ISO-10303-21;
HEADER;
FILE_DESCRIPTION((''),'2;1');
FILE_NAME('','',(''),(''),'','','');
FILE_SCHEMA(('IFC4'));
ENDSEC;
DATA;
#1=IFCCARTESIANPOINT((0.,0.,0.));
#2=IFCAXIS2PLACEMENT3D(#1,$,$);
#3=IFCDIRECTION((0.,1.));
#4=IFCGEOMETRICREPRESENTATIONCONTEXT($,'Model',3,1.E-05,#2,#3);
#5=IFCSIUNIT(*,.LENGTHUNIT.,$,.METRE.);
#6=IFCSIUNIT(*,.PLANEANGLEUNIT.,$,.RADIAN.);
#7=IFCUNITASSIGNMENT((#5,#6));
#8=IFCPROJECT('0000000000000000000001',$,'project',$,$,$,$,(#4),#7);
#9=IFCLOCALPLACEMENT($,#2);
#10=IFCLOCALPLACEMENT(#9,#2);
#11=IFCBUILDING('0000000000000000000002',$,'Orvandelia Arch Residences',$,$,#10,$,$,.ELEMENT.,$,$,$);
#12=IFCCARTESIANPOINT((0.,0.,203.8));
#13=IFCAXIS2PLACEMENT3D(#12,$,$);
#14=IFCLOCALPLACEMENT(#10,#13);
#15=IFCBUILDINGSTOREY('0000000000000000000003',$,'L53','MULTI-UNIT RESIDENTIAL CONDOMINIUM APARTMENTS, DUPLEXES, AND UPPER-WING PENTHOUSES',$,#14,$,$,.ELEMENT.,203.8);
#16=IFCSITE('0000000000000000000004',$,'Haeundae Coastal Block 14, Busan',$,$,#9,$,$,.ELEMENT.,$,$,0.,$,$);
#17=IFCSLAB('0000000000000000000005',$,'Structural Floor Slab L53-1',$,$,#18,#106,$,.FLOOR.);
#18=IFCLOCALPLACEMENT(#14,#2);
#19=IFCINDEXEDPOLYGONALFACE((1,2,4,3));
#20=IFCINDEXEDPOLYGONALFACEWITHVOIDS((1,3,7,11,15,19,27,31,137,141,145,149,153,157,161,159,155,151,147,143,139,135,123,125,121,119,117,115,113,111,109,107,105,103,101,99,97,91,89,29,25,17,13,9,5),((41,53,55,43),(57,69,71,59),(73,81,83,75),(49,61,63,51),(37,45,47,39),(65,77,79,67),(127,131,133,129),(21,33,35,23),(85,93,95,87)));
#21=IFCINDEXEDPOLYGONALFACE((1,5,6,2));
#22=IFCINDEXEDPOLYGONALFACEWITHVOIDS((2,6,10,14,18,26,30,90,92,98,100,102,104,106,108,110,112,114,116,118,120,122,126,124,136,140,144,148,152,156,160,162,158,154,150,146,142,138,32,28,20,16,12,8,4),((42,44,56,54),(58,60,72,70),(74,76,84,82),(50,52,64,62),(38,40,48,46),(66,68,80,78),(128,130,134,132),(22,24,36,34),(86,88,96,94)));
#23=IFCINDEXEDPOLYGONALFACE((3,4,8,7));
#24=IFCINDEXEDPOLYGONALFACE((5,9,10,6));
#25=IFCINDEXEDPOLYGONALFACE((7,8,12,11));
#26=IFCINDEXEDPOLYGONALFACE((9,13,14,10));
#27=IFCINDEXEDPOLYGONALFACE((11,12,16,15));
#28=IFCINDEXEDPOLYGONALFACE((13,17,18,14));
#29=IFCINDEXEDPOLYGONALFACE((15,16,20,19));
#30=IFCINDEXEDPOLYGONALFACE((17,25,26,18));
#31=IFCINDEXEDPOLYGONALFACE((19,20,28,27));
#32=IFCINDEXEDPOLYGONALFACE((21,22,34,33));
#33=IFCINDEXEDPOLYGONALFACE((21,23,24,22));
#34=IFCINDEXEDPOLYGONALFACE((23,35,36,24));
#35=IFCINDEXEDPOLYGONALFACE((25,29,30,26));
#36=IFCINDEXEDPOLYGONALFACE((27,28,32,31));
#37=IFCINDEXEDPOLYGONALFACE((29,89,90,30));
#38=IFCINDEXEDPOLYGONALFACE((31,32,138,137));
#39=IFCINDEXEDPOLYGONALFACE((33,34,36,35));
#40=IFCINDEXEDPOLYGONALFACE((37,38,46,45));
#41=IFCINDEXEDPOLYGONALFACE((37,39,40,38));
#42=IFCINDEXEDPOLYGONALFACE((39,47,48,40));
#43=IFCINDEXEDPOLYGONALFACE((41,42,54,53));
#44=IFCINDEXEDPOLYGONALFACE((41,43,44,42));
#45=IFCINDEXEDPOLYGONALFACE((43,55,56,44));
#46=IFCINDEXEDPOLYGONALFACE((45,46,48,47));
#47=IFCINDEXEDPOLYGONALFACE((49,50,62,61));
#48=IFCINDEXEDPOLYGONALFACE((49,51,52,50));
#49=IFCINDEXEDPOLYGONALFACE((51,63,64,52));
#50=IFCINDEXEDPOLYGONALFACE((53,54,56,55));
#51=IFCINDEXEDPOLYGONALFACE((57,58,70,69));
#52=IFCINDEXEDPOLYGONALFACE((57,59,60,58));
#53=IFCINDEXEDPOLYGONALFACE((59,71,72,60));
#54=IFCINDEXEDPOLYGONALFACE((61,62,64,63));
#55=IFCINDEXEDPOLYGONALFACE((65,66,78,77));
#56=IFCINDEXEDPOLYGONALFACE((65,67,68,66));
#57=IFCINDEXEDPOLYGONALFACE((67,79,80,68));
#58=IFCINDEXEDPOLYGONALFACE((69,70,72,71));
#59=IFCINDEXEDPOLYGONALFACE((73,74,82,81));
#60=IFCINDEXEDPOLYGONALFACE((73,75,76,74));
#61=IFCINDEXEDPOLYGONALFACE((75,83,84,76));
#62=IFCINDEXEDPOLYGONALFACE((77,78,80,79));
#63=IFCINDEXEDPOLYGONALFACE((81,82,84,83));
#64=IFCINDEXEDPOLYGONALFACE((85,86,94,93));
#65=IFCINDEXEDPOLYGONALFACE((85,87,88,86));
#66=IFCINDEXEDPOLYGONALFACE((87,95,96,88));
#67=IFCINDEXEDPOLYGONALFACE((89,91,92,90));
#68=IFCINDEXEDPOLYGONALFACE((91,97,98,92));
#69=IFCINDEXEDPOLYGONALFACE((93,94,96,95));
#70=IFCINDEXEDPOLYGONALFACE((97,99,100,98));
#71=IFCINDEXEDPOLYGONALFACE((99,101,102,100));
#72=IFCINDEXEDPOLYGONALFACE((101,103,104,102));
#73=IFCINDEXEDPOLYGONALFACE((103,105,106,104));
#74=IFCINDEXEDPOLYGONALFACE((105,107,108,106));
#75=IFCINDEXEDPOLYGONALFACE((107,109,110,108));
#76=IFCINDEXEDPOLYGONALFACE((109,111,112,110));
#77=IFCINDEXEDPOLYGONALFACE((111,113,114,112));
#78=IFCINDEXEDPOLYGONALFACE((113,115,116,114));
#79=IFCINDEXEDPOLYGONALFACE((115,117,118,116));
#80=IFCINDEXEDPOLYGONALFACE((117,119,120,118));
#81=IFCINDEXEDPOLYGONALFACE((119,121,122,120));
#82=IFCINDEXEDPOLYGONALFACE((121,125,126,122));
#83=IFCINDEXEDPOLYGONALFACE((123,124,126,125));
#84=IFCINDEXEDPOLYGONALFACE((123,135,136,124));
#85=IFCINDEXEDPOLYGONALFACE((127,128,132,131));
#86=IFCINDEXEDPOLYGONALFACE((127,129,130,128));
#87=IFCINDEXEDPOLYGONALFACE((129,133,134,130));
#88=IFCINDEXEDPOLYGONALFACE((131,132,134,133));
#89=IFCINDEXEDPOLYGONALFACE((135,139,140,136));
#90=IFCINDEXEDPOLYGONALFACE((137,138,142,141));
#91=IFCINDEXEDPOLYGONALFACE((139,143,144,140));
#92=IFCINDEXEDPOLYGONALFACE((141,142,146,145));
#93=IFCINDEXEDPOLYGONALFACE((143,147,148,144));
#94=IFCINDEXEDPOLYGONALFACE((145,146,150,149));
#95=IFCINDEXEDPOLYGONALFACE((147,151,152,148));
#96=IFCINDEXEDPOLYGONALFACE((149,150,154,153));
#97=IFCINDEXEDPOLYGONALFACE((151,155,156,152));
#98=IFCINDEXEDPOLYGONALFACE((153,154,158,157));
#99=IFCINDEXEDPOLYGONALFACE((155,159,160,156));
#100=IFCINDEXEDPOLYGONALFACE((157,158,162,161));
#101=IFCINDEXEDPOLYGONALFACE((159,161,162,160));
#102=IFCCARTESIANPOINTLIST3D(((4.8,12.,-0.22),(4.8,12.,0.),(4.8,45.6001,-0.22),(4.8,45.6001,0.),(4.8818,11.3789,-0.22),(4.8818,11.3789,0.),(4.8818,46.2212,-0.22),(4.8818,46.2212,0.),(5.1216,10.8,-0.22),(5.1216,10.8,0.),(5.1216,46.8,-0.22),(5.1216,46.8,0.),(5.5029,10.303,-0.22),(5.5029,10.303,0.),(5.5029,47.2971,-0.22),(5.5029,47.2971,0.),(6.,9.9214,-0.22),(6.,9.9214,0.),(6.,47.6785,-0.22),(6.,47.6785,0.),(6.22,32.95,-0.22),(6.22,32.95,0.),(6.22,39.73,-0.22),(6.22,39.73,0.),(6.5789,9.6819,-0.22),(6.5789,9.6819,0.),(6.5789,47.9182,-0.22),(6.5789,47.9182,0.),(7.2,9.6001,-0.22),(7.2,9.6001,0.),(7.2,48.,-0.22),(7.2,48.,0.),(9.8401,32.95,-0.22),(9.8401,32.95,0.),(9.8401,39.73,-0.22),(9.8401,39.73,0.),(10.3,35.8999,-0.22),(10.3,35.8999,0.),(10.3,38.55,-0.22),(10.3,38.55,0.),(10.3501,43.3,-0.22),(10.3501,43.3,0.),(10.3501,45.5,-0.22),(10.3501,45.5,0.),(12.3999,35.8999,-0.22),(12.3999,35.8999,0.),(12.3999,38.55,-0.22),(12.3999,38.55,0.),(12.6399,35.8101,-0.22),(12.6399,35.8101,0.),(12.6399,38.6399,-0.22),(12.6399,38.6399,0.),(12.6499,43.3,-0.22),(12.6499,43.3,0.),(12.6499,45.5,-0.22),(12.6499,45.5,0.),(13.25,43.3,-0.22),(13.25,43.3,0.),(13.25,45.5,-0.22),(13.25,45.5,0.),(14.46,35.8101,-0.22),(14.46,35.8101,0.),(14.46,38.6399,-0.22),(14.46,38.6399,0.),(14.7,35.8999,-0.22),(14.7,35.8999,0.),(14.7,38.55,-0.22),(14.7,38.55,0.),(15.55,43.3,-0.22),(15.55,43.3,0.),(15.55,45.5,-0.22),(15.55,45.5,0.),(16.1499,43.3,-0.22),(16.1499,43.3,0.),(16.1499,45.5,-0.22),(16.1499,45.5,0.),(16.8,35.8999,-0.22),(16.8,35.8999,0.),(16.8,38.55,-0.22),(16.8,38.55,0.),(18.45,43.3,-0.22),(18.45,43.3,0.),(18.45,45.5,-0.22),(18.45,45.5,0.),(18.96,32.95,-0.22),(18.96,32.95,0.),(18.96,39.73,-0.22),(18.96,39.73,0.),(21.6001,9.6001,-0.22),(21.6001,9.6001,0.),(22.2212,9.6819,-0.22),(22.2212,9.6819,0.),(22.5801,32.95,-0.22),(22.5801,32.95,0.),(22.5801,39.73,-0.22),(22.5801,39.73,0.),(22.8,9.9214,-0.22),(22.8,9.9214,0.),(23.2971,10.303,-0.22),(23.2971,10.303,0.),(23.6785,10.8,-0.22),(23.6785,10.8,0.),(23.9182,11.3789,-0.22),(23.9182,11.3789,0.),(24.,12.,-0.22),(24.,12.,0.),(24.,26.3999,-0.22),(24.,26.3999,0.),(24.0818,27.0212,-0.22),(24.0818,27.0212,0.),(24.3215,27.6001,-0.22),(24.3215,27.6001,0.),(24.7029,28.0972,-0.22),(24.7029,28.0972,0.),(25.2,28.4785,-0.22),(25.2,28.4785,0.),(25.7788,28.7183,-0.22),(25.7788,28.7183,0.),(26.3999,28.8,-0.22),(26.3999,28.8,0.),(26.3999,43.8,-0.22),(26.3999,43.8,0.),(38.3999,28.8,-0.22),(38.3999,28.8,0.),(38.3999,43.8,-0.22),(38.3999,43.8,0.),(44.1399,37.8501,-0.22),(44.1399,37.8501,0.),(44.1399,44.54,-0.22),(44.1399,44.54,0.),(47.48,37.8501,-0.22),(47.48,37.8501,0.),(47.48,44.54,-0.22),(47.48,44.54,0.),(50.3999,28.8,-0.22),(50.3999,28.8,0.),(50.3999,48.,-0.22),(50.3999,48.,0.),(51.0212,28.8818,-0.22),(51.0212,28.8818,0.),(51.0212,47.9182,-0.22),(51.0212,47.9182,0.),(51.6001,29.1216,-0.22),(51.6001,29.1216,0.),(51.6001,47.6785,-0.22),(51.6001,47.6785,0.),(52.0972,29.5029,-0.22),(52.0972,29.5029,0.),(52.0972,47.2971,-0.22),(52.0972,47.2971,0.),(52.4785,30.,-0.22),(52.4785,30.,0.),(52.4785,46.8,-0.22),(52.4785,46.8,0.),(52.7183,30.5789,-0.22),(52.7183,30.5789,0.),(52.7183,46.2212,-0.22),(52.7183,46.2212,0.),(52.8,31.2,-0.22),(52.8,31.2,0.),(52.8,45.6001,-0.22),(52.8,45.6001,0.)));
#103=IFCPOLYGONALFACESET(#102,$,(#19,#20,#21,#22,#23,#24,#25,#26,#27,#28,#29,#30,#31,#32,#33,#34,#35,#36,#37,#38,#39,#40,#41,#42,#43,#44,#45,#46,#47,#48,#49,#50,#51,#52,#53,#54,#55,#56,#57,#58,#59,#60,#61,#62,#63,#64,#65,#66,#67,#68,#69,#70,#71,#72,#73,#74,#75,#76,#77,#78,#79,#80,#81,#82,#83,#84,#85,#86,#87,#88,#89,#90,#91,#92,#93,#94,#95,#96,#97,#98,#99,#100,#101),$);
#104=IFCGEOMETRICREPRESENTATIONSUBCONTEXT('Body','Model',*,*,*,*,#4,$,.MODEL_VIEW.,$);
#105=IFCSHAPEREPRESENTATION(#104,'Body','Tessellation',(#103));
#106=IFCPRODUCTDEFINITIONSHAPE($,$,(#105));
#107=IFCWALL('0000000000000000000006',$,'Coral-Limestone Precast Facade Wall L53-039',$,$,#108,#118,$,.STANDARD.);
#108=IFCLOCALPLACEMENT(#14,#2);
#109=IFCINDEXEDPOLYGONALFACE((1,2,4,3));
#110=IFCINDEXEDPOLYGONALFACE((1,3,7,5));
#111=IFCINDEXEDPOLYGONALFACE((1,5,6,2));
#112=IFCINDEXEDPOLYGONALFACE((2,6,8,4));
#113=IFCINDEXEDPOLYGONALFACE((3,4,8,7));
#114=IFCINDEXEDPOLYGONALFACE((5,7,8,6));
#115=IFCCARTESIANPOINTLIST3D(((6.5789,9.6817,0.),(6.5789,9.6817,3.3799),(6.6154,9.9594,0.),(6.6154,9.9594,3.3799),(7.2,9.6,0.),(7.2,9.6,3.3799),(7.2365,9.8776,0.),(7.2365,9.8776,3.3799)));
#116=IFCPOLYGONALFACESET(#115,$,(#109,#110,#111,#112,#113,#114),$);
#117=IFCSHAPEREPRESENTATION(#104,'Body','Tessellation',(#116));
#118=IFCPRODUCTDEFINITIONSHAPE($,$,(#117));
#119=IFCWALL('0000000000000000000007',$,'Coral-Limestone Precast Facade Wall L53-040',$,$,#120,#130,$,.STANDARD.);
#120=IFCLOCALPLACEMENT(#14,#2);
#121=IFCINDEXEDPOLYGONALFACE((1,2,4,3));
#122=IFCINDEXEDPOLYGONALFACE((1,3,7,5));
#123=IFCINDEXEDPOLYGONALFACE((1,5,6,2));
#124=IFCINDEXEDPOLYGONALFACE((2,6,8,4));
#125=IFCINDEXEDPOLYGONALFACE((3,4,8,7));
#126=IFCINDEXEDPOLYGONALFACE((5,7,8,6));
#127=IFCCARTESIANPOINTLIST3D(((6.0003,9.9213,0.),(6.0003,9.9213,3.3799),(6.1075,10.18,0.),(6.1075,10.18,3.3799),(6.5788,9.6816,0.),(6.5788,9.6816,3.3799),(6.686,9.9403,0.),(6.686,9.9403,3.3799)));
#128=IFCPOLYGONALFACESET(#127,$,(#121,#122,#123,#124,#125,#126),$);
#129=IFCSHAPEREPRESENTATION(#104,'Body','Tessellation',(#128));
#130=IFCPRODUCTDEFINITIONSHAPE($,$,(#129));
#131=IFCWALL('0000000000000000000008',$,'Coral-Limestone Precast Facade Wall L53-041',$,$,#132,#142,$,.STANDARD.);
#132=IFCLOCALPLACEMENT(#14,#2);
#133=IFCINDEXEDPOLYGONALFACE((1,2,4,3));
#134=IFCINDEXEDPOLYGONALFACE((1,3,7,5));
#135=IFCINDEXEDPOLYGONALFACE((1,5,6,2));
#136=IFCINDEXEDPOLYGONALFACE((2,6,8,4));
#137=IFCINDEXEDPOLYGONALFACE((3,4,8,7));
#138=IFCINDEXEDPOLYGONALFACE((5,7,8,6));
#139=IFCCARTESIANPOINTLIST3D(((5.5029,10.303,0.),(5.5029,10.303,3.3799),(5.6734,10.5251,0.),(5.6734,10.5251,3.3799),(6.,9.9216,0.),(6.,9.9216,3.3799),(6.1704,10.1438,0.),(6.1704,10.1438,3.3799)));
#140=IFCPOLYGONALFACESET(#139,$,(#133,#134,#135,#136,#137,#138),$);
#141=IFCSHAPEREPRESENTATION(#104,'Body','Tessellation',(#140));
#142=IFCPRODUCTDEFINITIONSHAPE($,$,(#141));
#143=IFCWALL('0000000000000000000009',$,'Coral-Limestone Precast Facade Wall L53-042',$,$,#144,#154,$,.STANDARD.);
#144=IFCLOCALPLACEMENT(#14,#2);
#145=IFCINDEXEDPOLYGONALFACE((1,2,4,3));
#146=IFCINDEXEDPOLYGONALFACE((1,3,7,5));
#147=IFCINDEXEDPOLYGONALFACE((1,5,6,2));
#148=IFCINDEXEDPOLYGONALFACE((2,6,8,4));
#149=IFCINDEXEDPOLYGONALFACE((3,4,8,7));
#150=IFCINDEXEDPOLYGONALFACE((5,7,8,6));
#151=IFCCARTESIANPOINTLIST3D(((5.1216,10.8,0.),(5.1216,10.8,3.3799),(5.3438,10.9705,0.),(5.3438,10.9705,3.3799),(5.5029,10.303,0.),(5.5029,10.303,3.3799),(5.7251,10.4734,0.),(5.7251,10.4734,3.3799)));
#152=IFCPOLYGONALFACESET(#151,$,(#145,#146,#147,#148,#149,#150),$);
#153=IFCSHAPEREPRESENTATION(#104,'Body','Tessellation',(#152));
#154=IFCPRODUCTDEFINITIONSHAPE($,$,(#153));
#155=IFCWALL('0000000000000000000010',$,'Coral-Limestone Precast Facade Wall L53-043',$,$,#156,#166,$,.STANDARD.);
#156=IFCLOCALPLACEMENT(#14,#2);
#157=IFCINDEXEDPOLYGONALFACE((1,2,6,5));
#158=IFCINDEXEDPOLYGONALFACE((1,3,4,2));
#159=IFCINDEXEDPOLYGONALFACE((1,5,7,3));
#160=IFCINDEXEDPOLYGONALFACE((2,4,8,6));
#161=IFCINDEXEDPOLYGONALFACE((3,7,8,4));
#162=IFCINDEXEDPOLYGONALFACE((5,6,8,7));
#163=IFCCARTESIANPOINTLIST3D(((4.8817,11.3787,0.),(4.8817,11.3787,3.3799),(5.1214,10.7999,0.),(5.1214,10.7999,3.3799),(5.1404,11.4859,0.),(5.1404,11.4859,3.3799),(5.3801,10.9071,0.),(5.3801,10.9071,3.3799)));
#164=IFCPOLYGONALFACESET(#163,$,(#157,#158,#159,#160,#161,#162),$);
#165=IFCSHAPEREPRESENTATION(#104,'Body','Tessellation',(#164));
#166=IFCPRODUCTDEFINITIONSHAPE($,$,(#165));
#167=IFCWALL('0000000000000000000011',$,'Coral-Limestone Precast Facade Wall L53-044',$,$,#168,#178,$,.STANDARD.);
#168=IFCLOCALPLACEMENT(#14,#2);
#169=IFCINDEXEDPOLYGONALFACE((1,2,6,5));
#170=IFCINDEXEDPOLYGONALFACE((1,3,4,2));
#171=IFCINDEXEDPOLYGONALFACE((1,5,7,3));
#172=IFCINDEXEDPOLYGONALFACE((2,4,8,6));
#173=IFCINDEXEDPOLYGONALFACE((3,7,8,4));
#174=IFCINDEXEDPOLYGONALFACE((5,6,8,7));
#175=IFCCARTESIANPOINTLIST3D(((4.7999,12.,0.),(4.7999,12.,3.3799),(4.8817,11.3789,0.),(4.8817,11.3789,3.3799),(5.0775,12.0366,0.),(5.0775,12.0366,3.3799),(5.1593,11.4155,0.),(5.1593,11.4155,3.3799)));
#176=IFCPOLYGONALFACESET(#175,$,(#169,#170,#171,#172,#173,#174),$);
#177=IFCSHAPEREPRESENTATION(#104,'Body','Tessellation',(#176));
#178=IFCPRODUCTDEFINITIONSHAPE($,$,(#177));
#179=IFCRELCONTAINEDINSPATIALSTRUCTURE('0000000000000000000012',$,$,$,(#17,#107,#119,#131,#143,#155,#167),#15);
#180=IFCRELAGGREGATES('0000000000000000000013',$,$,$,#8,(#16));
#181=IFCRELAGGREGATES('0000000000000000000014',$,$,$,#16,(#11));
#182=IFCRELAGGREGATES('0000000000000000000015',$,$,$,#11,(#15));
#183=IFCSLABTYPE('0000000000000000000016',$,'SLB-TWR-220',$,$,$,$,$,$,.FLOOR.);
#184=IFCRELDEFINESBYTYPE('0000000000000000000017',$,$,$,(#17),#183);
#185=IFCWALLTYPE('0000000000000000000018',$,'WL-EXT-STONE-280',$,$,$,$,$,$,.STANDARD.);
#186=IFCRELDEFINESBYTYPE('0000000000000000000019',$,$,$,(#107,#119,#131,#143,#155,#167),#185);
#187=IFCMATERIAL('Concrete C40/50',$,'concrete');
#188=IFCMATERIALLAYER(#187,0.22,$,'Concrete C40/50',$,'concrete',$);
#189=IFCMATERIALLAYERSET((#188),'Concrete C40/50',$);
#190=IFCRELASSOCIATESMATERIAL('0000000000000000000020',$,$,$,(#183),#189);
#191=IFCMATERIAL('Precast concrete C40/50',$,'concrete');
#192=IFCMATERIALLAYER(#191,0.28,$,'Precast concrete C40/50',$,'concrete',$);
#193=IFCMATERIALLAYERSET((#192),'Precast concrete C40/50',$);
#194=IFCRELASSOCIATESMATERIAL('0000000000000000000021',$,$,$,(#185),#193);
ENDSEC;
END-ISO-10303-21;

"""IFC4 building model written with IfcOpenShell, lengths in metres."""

from ifc_helpers import new_model, si_unit, direction, frame, frame_2d, origin, place, context, subcontext, project, spatial, polyline, rectangle, outline, extrude, material, layer, layer_set, type_object, element, save


model = new_model("IFC4")

# Units and contexts
model_context = context("Model", 3, precision=1e-05, world=origin(), true_north=direction((0.0, 1.0)))
body_context = subcontext(model_context, "Body", "Model", "MODEL_VIEW")
ifc_project = project(units=[si_unit("LENGTHUNIT", "METRE"), si_unit("PLANEANGLEUNIT", "RADIAN")], contexts=[model_context])

# Site, building, storey
site_placement = place(None, origin())
site = spatial("IfcSite", under=ifc_project, at=site_placement, Name="Haeundae Coastal Block 14, Busan", CompositionType="ELEMENT", RefElevation=0.0)
building_placement = place(site_placement, origin())
building = spatial("IfcBuilding", under=site, at=building_placement, Name="Orvandelia Arch Residences", CompositionType="ELEMENT")
storey_placement = place(building_placement, frame((0.0, 0.0, 203.8)))
storey = spatial("IfcBuildingStorey", under=building, at=storey_placement, Name="L53", Description="MULTI-UNIT RESIDENTIAL CONDOMINIUM APARTMENTS, DUPLEXES, AND UPPER-WING PENTHOUSES", CompositionType="ELEMENT", Elevation=203.8)

# Shared definitions
ifc_material_1 = material(Name="Concrete C40/50", Category="concrete")

# Slab
ifc_layer_1 = layer(ifc_material_1, 0.22, Name="Concrete C40/50", Category="concrete")
ifc_layer_set_1 = layer_set([ifc_layer_1], Name="Concrete C40/50")
slab_type_1 = type_object("IfcSlabType", Name="SLB-TWR-220", PredefinedType="FLOOR", material=ifc_layer_set_1)
slab_1_placement = place(storey_placement, frame((0.0, 0.0, -0.22)))
element("IfcSlab", 1, at=slab_1_placement, inside=storey, type_object=slab_type_1, Name="Structural Floor Slab L53-1", PredefinedType="FLOOR", context=body_context, shape_type="SweptSolid", body=[
    extrude(outline(polyline([(4.8, 12.0), (4.8818, 11.3789), (5.1216, 10.8), (5.5029, 10.303), (6.0, 9.9214), (6.5789, 9.6819), (7.2, 9.6001), (21.6001, 9.6001), (22.2212, 9.6819), (22.8, 9.9214), (23.2971, 10.303), (23.6785, 10.8), (23.9182, 11.3789), (24.0, 12.0), (24.0, 26.3999), (24.0818, 27.0212), (24.3215, 27.6001), (24.7029, 28.0972), (25.2, 28.4785), (25.7788, 28.7183), (26.3999, 28.8), (26.3999, 43.8), (38.3999, 43.8), (38.3999, 28.8), (50.3999, 28.8), (51.0212, 28.8818), (51.6001, 29.1216), (52.0972, 29.5029), (52.4785, 30.0), (52.7183, 30.5789), (52.8, 31.2), (52.8, 45.6001), (52.7183, 46.2212), (52.4785, 46.8), (52.0972, 47.2971), (51.6001, 47.6785), (51.0212, 47.9182), (50.3999, 48.0), (7.2, 48.0), (6.5789, 47.9182), (6.0, 47.6785), (5.5029, 47.2971), (5.1216, 46.8), (4.8818, 46.2212), (4.8, 45.6001), (4.8, 12.0)]), holes=[polyline([(6.22, 32.95), (9.8401, 32.95), (9.8401, 39.73), (6.22, 39.73), (6.22, 32.95)]), polyline([(18.96, 32.95), (22.5801, 32.95), (22.5801, 39.73), (18.96, 39.73), (18.96, 32.95)]), polyline([(44.1399, 37.8501), (47.48, 37.8501), (47.48, 44.54), (44.1399, 44.54), (44.1399, 37.8501)]), polyline([(12.6399, 35.8101), (14.46, 35.8101), (14.46, 38.6399), (12.6399, 38.6399), (12.6399, 35.8101)]), polyline([(10.3, 35.8999), (12.3999, 35.8999), (12.3999, 38.55), (10.3, 38.55), (10.3, 35.8999)]), polyline([(14.7, 35.8999), (16.8, 35.8999), (16.8, 38.55), (14.7, 38.55), (14.7, 35.8999)]), polyline([(10.3501, 43.3), (12.6499, 43.3), (12.6499, 45.5), (10.3501, 45.5), (10.3501, 43.3)]), polyline([(13.25, 43.3), (15.55, 43.3), (15.55, 45.5), (13.25, 45.5), (13.25, 43.3)]), polyline([(16.1499, 43.3), (18.45, 43.3), (18.45, 45.5), (16.1499, 45.5), (16.1499, 43.3)])]), origin(), (0.0, 0.0, 1.0), 0.22),
])

# Walls
ifc_material_2 = material(Name="Precast concrete C40/50", Category="concrete")
ifc_layer_2 = layer(ifc_material_2, 0.28, Name="Precast concrete C40/50", Category="concrete")
ifc_layer_set_2 = layer_set([ifc_layer_2], Name="Precast concrete C40/50")
wall_type = type_object("IfcWallType", Name="WL-EXT-STONE-280", PredefinedType="STANDARD", material=ifc_layer_set_2)
wall_1_placement = place(storey_placement, frame((7.2183, 9.7388, 0.0), z_axis=(0.0, 0.0, 1.0), x_axis=(-0.991441, 0.130555, 0.0)))
element("IfcWall", 2, at=wall_1_placement, inside=storey, type_object=wall_type, Name="Coral-Limestone Precast Facade Wall L53-039", PredefinedType="STANDARD", context=body_context, shape_type="SweptSolid", body=[
    extrude(rectangle(XDim=0.6265, YDim=0.28, at=frame_2d((0.3132, 0.0))), origin(), (0.0, 0.0, 1.0), 3.3799),
])
wall_2_placement = place(storey_placement, frame((6.6323, 9.811, 0.0), z_axis=(0.0, 0.0, 1.0), x_axis=(-0.923836, 0.382788, 0.0)))
element("IfcWall", 3, at=wall_2_placement, inside=storey, type_object=wall_type, Name="Coral-Limestone Precast Facade Wall L53-040", PredefinedType="STANDARD", context=body_context, shape_type="SweptSolid", body=[
    extrude(rectangle(XDim=0.6262, YDim=0.28, at=frame_2d((0.313, 0.0))), origin(), (0.0, 0.0, 1.0), 3.3799),
])
for number, where, z_axis, x_axis, name in (
    (4, (6.0852, 10.0327, 0.0), (0.0, 0.0, 1.0), (-0.793406, 0.608693, 0.0), "Coral-Limestone Precast Facade Wall L53-041"),
    (5, (5.614, 10.3882, 0.0), (0.0, 0.0, 1.0), (-0.608693, 0.793406, 0.0), "Coral-Limestone Precast Facade Wall L53-042"),
    (6, (5.2507, 10.8535, 0.0), (0.0, 0.0, 1.0), (-0.38265, 0.923893, 0.0), "Coral-Limestone Precast Facade Wall L53-043"),
    (7, (5.0205, 11.3972, 0.0), (0.0, 0.0, 1.0), (-0.130555, 0.991441, 0.0), "Coral-Limestone Precast Facade Wall L53-044"),
):
    element("IfcWall", number, at=place(storey_placement, frame(where, z_axis=z_axis, x_axis=x_axis)), inside=storey, type_object=wall_type, Name=name, PredefinedType="STANDARD", context=body_context, shape_type="SweptSolid", body=[
        extrude(rectangle(XDim=0.6265, YDim=0.28, at=frame_2d((0.3132, 0.0))), origin(), (0.0, 0.0, 1.0), 3.3799),
    ])

save(model, "model.ifc")
